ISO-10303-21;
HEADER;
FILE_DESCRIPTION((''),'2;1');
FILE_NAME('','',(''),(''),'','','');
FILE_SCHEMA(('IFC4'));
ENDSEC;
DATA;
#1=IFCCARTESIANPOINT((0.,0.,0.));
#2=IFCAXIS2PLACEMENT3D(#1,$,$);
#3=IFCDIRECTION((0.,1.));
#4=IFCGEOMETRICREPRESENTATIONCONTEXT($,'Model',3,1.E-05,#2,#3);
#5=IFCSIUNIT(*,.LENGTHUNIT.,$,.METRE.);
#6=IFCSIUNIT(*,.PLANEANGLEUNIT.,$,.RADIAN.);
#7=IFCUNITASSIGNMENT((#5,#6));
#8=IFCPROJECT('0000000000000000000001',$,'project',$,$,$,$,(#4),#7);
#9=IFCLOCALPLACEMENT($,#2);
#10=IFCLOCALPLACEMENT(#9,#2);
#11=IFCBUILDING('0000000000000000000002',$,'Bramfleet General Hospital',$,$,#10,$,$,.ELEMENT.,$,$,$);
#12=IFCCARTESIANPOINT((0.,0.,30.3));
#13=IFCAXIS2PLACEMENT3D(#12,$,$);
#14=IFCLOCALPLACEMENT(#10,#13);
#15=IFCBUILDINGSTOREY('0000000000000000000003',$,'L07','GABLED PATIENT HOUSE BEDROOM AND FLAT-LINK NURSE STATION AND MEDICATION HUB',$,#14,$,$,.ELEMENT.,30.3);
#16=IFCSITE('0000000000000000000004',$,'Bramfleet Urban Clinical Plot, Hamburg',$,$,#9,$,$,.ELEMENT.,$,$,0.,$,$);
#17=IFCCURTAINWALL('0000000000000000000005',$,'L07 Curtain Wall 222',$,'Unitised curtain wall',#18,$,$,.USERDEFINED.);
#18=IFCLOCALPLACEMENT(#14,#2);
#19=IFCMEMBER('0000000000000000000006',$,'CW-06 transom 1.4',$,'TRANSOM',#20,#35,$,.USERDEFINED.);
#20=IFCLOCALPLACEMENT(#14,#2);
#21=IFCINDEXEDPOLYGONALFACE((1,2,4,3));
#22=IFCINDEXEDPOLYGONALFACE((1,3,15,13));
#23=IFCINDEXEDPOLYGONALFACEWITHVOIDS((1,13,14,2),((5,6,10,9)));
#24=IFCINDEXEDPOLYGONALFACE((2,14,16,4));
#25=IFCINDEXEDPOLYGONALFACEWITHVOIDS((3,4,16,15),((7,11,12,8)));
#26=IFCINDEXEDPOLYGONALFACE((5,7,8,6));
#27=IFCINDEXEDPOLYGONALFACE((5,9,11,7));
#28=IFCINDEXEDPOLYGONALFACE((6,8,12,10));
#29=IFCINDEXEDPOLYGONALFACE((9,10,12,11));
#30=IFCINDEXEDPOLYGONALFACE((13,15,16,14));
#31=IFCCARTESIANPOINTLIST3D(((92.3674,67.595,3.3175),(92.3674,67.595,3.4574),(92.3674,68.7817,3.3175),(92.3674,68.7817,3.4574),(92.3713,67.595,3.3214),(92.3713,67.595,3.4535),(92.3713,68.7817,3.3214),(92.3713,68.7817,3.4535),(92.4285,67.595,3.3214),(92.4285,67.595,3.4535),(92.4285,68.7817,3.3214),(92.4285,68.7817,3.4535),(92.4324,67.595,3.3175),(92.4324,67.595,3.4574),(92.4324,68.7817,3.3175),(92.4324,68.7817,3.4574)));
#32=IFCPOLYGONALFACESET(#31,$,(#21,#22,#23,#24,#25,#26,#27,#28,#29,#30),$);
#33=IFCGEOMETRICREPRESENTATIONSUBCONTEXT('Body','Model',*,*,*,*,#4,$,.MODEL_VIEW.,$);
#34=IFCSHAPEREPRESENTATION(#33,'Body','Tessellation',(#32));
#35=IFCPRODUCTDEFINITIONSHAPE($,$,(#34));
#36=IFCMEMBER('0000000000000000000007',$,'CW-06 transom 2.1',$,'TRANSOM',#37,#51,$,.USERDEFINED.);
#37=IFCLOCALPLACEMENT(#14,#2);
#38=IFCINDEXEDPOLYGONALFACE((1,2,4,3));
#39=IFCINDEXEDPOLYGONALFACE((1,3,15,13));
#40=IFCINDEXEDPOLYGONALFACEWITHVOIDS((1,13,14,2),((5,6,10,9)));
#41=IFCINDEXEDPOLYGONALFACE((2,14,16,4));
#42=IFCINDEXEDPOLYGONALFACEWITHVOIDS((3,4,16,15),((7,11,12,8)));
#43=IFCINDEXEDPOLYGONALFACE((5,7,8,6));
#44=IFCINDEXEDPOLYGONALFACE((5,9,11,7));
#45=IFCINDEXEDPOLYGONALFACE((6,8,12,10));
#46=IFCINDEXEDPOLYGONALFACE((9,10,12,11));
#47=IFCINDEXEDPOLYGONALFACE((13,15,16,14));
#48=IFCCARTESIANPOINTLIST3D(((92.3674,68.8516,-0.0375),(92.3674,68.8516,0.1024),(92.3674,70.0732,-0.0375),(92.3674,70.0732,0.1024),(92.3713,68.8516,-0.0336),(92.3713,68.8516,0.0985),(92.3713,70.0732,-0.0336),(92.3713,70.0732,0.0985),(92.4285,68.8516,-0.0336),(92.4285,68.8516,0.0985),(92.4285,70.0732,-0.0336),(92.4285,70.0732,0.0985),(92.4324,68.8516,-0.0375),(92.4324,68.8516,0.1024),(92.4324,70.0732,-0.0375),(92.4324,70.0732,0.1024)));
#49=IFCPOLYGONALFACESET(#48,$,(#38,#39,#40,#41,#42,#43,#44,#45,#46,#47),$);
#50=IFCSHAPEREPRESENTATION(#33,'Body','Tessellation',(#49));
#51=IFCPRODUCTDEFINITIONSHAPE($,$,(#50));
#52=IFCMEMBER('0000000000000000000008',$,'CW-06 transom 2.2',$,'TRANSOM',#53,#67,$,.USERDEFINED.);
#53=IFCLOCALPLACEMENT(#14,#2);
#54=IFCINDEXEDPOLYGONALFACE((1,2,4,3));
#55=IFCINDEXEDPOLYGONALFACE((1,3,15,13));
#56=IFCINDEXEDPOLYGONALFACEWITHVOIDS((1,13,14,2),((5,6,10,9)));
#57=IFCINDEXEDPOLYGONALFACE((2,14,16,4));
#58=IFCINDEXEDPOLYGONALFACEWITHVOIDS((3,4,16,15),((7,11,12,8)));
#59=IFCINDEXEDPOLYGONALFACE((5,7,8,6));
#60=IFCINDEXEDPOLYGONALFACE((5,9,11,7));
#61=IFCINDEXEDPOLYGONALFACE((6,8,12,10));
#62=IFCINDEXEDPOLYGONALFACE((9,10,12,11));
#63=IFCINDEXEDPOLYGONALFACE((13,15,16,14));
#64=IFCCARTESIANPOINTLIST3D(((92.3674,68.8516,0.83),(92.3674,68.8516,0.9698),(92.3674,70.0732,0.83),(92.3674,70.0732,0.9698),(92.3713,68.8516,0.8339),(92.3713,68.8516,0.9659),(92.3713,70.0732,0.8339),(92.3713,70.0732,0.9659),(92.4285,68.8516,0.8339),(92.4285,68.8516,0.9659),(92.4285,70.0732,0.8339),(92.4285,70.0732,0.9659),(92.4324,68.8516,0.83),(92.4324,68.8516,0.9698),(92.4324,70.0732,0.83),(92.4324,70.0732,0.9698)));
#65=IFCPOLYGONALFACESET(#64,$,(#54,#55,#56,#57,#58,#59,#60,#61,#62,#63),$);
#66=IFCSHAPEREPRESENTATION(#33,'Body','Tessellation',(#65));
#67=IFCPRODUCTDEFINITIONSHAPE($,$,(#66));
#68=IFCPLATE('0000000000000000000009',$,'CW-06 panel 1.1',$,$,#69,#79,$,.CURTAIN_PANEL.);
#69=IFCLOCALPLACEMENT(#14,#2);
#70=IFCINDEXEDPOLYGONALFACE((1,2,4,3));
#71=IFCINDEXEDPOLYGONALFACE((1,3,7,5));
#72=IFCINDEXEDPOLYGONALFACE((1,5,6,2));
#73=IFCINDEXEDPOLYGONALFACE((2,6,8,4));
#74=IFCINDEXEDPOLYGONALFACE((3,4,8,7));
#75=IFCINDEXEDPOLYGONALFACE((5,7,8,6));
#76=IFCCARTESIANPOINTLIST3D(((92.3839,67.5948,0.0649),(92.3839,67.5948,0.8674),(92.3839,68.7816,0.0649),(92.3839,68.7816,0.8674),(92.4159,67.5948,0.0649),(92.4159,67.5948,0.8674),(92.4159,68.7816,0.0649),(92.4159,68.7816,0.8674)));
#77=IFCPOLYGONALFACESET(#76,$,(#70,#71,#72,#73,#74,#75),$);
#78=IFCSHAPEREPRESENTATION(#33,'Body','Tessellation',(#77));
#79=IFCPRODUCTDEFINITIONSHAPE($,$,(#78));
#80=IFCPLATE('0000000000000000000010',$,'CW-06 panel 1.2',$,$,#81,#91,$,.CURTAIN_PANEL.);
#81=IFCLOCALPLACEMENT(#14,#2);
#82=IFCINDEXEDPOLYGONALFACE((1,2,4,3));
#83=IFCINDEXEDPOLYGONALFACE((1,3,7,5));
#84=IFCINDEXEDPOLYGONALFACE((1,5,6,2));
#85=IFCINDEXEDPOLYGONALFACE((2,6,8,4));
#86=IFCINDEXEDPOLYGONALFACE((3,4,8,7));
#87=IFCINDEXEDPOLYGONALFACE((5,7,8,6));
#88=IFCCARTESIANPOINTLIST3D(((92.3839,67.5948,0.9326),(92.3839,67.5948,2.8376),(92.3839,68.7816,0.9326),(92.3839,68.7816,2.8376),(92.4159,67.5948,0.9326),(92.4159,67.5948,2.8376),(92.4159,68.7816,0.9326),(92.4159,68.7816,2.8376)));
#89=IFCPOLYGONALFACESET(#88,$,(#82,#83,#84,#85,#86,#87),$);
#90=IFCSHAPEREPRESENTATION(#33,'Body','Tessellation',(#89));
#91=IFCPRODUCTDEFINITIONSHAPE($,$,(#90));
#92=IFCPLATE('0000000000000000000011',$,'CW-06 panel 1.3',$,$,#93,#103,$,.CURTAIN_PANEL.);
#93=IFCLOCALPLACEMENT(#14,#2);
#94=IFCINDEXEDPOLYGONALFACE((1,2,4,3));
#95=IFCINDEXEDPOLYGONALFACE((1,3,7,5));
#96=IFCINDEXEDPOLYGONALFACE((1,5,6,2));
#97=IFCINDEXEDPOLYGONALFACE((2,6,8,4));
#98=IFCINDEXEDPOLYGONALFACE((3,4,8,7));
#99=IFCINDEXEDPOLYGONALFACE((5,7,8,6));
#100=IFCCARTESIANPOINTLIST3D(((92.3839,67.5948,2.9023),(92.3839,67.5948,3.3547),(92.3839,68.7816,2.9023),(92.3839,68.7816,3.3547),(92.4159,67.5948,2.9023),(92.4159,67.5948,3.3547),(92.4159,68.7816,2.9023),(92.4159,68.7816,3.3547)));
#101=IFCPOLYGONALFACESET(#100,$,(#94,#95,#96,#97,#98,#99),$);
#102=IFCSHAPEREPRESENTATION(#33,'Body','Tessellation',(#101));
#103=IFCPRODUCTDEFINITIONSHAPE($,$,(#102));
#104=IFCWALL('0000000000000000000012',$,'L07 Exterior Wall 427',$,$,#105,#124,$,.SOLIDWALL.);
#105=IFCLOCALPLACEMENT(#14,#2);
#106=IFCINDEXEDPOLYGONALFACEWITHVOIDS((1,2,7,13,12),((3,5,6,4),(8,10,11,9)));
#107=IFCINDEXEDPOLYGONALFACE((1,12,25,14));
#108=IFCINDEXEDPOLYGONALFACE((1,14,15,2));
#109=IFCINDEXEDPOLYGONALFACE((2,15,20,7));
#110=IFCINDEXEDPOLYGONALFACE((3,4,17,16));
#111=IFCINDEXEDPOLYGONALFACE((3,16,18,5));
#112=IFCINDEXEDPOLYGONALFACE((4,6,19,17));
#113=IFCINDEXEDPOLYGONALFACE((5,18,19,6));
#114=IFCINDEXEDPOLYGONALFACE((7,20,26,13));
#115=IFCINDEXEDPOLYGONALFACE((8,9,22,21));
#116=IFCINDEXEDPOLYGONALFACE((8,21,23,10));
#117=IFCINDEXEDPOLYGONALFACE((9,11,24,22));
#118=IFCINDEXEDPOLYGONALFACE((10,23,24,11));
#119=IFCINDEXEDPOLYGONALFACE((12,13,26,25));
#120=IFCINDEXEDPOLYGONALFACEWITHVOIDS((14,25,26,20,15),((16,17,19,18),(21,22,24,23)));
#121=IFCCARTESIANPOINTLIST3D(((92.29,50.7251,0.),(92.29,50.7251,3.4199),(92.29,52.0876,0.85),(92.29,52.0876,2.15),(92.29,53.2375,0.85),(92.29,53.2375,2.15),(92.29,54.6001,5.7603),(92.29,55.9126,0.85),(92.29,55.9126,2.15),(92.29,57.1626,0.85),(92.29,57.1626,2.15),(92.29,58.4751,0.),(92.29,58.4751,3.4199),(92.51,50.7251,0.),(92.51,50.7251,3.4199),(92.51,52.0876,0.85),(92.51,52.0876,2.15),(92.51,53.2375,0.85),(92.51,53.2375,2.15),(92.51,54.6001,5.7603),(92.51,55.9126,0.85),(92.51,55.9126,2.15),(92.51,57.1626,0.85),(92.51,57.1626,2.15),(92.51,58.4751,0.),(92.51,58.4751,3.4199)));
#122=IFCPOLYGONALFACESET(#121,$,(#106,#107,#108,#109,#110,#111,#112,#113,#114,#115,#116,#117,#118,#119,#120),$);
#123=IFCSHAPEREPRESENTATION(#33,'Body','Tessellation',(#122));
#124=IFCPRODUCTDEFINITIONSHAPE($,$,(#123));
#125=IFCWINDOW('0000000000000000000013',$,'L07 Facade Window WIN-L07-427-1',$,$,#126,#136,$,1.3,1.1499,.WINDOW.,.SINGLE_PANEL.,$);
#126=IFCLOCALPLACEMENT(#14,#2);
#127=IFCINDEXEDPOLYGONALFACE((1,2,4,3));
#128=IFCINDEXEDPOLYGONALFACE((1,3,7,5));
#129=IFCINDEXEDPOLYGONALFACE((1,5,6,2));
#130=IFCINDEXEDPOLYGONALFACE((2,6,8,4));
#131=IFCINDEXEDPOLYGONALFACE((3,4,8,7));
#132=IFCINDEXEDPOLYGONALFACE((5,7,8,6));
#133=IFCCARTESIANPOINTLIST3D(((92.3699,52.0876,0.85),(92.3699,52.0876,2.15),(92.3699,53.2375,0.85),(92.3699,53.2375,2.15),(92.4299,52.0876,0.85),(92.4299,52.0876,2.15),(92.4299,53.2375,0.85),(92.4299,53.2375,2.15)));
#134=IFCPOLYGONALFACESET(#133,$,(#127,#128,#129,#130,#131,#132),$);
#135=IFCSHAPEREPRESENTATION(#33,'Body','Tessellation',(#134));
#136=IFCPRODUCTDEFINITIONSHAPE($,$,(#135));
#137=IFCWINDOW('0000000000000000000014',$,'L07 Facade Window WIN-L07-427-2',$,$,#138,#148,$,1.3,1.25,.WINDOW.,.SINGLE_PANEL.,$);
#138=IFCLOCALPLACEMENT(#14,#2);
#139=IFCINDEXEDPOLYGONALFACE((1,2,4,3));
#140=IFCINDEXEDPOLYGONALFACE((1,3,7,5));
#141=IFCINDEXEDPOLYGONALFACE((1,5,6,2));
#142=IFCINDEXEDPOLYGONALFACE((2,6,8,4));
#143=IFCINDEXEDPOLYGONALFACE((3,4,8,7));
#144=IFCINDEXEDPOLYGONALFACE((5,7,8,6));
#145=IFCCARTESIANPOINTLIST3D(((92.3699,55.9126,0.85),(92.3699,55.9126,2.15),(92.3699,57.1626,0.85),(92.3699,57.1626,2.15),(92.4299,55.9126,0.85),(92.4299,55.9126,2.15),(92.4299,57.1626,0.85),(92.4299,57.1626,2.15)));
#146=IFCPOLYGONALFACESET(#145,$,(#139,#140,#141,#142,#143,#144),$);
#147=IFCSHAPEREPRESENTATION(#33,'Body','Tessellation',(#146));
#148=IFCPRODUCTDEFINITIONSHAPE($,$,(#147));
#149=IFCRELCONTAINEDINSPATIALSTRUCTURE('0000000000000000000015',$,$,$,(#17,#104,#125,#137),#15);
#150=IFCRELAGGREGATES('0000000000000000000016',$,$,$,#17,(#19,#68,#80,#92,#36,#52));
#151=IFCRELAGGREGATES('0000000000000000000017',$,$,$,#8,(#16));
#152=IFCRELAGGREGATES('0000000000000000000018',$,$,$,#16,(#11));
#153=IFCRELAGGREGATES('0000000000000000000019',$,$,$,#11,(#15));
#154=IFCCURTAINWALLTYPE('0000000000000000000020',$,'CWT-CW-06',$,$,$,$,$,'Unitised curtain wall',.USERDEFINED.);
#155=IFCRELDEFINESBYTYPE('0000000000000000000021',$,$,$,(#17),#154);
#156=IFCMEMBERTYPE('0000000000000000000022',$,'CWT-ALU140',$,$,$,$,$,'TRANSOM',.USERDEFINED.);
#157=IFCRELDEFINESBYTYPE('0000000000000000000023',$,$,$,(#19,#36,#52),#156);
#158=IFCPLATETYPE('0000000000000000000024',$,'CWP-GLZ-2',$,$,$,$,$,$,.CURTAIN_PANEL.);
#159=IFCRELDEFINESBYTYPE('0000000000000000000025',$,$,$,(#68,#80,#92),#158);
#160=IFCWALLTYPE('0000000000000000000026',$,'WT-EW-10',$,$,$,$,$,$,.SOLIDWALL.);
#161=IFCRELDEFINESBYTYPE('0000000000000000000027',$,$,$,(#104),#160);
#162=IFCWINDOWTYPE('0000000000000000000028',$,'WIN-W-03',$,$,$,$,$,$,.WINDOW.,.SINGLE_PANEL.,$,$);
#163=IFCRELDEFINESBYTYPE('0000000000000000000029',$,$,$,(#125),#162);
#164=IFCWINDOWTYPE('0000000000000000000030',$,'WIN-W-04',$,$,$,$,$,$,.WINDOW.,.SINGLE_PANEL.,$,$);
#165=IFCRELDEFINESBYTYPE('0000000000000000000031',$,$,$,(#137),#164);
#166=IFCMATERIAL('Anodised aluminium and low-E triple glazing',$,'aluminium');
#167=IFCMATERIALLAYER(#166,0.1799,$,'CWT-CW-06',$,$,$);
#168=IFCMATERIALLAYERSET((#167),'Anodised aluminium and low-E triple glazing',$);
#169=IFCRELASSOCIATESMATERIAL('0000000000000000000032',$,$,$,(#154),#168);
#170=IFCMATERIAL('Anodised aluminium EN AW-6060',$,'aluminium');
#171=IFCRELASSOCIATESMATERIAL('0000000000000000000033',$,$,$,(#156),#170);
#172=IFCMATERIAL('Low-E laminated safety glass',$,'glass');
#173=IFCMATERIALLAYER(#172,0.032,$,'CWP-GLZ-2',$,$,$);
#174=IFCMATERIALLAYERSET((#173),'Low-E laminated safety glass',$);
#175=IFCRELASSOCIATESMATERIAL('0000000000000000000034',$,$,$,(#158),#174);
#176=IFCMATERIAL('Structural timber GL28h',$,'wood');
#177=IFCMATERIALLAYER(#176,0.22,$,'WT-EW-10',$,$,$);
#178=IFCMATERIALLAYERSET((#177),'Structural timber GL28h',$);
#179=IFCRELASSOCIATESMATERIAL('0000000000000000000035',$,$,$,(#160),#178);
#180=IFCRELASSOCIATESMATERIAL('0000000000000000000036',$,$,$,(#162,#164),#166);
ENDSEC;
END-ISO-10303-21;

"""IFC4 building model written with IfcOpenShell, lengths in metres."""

from ifc_helpers import new_model, si_unit, direction, frame, frame_2d, origin, origin_2d, place, context, subcontext, project, spatial, polyline, rectangle, hollow_rectangle, outline, extrude, material, layer, layer_set, material_profile, profile_set, type_object, element, fill, aggregate, save


model = new_model("IFC4")

# Units and contexts
model_context = context("Model", 3, precision=1e-05, world=origin(), true_north=direction((0.0, 1.0)))
body_context = subcontext(model_context, "Body", "Model", "MODEL_VIEW")
ifc_project = project(units=[si_unit("LENGTHUNIT", "METRE"), si_unit("PLANEANGLEUNIT", "RADIAN")], contexts=[model_context])

# Site, building, storey
site_placement = place(None, origin())
site = spatial("IfcSite", under=ifc_project, at=site_placement, Name="Bramfleet Urban Clinical Plot, Hamburg", CompositionType="ELEMENT", RefElevation=0.0)
building_placement = place(site_placement, origin())
building = spatial("IfcBuilding", under=site, at=building_placement, Name="Bramfleet General Hospital", CompositionType="ELEMENT")
storey_placement = place(building_placement, frame((0.0, 0.0, 30.3)))
storey = spatial("IfcBuildingStorey", under=building, at=storey_placement, Name="L07", Description="GABLED PATIENT HOUSE BEDROOM AND FLAT-LINK NURSE STATION AND MEDICATION HUB", CompositionType="ELEMENT", Elevation=30.3)

# Curtain wall, members, plates
ifc_material_1 = material(Name="Anodised aluminium and low-E triple glazing", Category="aluminium")
ifc_layer_1 = layer(ifc_material_1, 0.1799, Name="CWT-CW-06")
ifc_layer_set_1 = layer_set([ifc_layer_1], Name="Anodised aluminium and low-E triple glazing")
curtain_wall_type = type_object("IfcCurtainWallType", Name="CWT-CW-06", ElementType="Unitised curtain wall", PredefinedType="USERDEFINED", material=ifc_layer_set_1)
curtain_wall_placement = place(storey_placement, origin())
curtain_wall = element("IfcCurtainWall", 1, at=curtain_wall_placement, inside=storey, type_object=curtain_wall_type, Name="L07 Curtain Wall 222", ObjectType="Unitised curtain wall", PredefinedType="USERDEFINED")
ifc_material_2 = material(Name="Anodised aluminium EN AW-6060", Category="aluminium")
ifc_material_profile_1 = material_profile(ifc_material_2, hollow_rectangle(XDim=0.0649, YDim=0.1399, WallThickness=0.0039, at=origin_2d()), Name="ALU 140x65x4.0")
ifc_profile_set_1 = profile_set([ifc_material_profile_1], Name="Anodised aluminium EN AW-6060")
member_type_1 = type_object("IfcMemberType", Name="CWT-ALU140", ElementType="TRANSOM", PredefinedType="USERDEFINED", material=ifc_profile_set_1)
member_1_placement = place(storey_placement, frame((92.3999, 67.595, 3.3875), z_axis=(0.0, 1.0, 0.0), x_axis=(-1.0, 0.0, 0.0)))
member_1 = element("IfcMember", 2, at=member_1_placement, type_object=member_type_1, Name="CW-06 transom 1.4", ObjectType="TRANSOM", PredefinedType="USERDEFINED", context=body_context, shape_type="SweptSolid", body=[
    extrude(hollow_rectangle(XDim=0.0649, YDim=0.1399, WallThickness=0.0039, at=origin_2d()), origin(), (0.0, 0.0, 1.0), 1.1868),
])
member_2_placement = place(storey_placement, frame((92.3999, 68.8516, 0.0325), z_axis=(0.0, 1.0, 0.0), x_axis=(-1.0, 0.0, 0.0)))
member_2 = element("IfcMember", 3, at=member_2_placement, type_object=member_type_1, Name="CW-06 transom 2.1", ObjectType="TRANSOM", PredefinedType="USERDEFINED", context=body_context, shape_type="SweptSolid", body=[
    extrude(hollow_rectangle(XDim=0.0649, YDim=0.1399, WallThickness=0.0039, at=origin_2d()), origin(), (0.0, 0.0, 1.0), 1.2217),
])
member_3_placement = place(storey_placement, frame((92.3999, 68.8516, 0.8999), z_axis=(0.0, 1.0, 0.0), x_axis=(-1.0, 0.0, 0.0)))
member_3 = element("IfcMember", 4, at=member_3_placement, type_object=member_type_1, Name="CW-06 transom 2.2", ObjectType="TRANSOM", PredefinedType="USERDEFINED", context=body_context, shape_type="SweptSolid", body=[
    extrude(hollow_rectangle(XDim=0.0649, YDim=0.1399, WallThickness=0.0039, at=origin_2d()), origin(), (0.0, 0.0, 1.0), 1.2217),
])
ifc_material_3 = material(Name="Low-E laminated safety glass", Category="glass")
ifc_layer_2 = layer(ifc_material_3, 0.032, Name="CWP-GLZ-2")
ifc_layer_set_2 = layer_set([ifc_layer_2], Name="Low-E laminated safety glass")
plate_type = type_object("IfcPlateType", Name="CWP-GLZ-2", PredefinedType="CURTAIN_PANEL", material=ifc_layer_set_2)
plate_1_placement = place(storey_placement, frame((92.3999, 68.1882, 0.0649), z_axis=(0.0, 0.0, 1.0), x_axis=(0.0, 1.0, 0.0)))
plate_1 = element("IfcPlate", 5, at=plate_1_placement, type_object=plate_type, Name="CW-06 panel 1.1", PredefinedType="CURTAIN_PANEL", context=body_context, shape_type="SweptSolid", body=[
    extrude(rectangle(XDim=1.1868, YDim=0.032, at=origin_2d()), origin(), (0.0, 0.0, 1.0), 0.8025),
])
plate_2_placement = place(storey_placement, frame((92.3999, 68.1882, 0.9326), z_axis=(0.0, 0.0, 1.0), x_axis=(0.0, 1.0, 0.0)))
plate_2 = element("IfcPlate", 6, at=plate_2_placement, type_object=plate_type, Name="CW-06 panel 1.2", PredefinedType="CURTAIN_PANEL", context=body_context, shape_type="SweptSolid", body=[
    extrude(rectangle(XDim=1.1868, YDim=0.032, at=origin_2d()), origin(), (0.0, 0.0, 1.0), 1.905),
])
plate_3_placement = place(storey_placement, frame((92.3999, 68.1882, 2.9023), z_axis=(0.0, 0.0, 1.0), x_axis=(0.0, 1.0, 0.0)))
plate_3 = element("IfcPlate", 7, at=plate_3_placement, type_object=plate_type, Name="CW-06 panel 1.3", PredefinedType="CURTAIN_PANEL", context=body_context, shape_type="SweptSolid", body=[
    extrude(rectangle(XDim=1.1868, YDim=0.032, at=origin_2d()), origin(), (0.0, 0.0, 1.0), 0.4524),
])
aggregate(curtain_wall, [member_1, plate_1, plate_2, plate_3, member_2, member_3])

# Wall, openings, windows
ifc_material_4 = material(Name="Structural timber GL28h", Category="wood")
ifc_layer_3 = layer(ifc_material_4, 0.22, Name="WT-EW-10")
ifc_layer_set_3 = layer_set([ifc_layer_3], Name="Structural timber GL28h")
wall_type_1 = type_object("IfcWallType", Name="WT-EW-10", PredefinedType="SOLIDWALL", material=ifc_layer_set_3)
wall_1_placement = place(storey_placement, frame((92.3999, 50.7251, 0.0), z_axis=(0.0, 0.0, 1.0), x_axis=(0.0, 1.0, 0.0)))
wall_1 = element("IfcWall", 8, at=wall_1_placement, inside=storey, type_object=wall_type_1, Name="L07 Exterior Wall 427", PredefinedType="SOLIDWALL", context=body_context, shape_type="SweptSolid", body=[
    extrude(outline(polyline([(0.0, 0.0), (7.75, 0.0), (7.75, 3.4199), (3.875, 5.7603), (0.0, 3.4199), (0.0, 0.0)])), frame((0.0, 0.1099, 0.0), z_axis=(0.0, -1.0, 0.0), x_axis=(1.0, 0.0, 0.0)), (0.0, 0.0, 1.0), 0.22),
])
opening_1_placement = place(wall_1_placement, frame((1.3625, 0.0, 0.8501)))
opening_1 = element("IfcOpeningElement", 9, at=opening_1_placement, cuts=wall_1, PredefinedType="OPENING", context=body_context, shape_type="SweptSolid", body=[
    extrude(rectangle(XDim=1.1499, YDim=1.3, at=frame_2d((0.575, 0.6499))), frame((0.0, 0.1199, 0.0), z_axis=(0.0, -1.0, 0.0), x_axis=(1.0, 0.0, 0.0)), (0.0, 0.0, 1.0), 0.24),
])
opening_2_placement = place(wall_1_placement, frame((5.1875, 0.0, 0.8501)))
opening_2 = element("IfcOpeningElement", 10, at=opening_2_placement, cuts=wall_1, PredefinedType="OPENING", context=body_context, shape_type="SweptSolid", body=[
    extrude(rectangle(XDim=1.25, YDim=1.3, at=frame_2d((0.625, 0.6499))), frame((0.0, 0.1199, 0.0), z_axis=(0.0, -1.0, 0.0), x_axis=(1.0, 0.0, 0.0)), (0.0, 0.0, 1.0), 0.24),
])
window_type_1 = type_object("IfcWindowType", Name="WIN-W-03", PartitioningType="SINGLE_PANEL", PredefinedType="WINDOW", material=ifc_material_1)
window_1_placement = place(opening_1_placement, origin())
window_1 = element("IfcWindow", 11, at=window_1_placement, inside=storey, type_object=window_type_1, Name="L07 Facade Window WIN-L07-427-1", OverallHeight=1.3, OverallWidth=1.1499, PartitioningType="SINGLE_PANEL", PredefinedType="WINDOW", context=body_context, shape_type="SweptSolid", body=[
    extrude(rectangle(XDim=1.1499, YDim=1.3, at=frame_2d((0.575, 0.6499))), frame((0.0, 0.03, 0.0), z_axis=(0.0, -1.0, 0.0), x_axis=(1.0, 0.0, 0.0)), (0.0, 0.0, 1.0), 0.0601),
])
fill(opening_1, window_1)
window_type_2 = type_object("IfcWindowType", Name="WIN-W-04", PartitioningType="SINGLE_PANEL", PredefinedType="WINDOW", material=ifc_material_1)
window_2_placement = place(opening_2_placement, origin())
window_2 = element("IfcWindow", 12, at=window_2_placement, inside=storey, type_object=window_type_2, Name="L07 Facade Window WIN-L07-427-2", OverallHeight=1.3, OverallWidth=1.25, PartitioningType="SINGLE_PANEL", PredefinedType="WINDOW", context=body_context, shape_type="SweptSolid", body=[
    extrude(rectangle(XDim=1.25, YDim=1.3, at=frame_2d((0.625, 0.6499))), frame((0.0, 0.03, 0.0), z_axis=(0.0, -1.0, 0.0), x_axis=(1.0, 0.0, 0.0)), (0.0, 0.0, 1.0), 0.0601),
])
fill(opening_2, window_2)

save(model, "model.ifc")
